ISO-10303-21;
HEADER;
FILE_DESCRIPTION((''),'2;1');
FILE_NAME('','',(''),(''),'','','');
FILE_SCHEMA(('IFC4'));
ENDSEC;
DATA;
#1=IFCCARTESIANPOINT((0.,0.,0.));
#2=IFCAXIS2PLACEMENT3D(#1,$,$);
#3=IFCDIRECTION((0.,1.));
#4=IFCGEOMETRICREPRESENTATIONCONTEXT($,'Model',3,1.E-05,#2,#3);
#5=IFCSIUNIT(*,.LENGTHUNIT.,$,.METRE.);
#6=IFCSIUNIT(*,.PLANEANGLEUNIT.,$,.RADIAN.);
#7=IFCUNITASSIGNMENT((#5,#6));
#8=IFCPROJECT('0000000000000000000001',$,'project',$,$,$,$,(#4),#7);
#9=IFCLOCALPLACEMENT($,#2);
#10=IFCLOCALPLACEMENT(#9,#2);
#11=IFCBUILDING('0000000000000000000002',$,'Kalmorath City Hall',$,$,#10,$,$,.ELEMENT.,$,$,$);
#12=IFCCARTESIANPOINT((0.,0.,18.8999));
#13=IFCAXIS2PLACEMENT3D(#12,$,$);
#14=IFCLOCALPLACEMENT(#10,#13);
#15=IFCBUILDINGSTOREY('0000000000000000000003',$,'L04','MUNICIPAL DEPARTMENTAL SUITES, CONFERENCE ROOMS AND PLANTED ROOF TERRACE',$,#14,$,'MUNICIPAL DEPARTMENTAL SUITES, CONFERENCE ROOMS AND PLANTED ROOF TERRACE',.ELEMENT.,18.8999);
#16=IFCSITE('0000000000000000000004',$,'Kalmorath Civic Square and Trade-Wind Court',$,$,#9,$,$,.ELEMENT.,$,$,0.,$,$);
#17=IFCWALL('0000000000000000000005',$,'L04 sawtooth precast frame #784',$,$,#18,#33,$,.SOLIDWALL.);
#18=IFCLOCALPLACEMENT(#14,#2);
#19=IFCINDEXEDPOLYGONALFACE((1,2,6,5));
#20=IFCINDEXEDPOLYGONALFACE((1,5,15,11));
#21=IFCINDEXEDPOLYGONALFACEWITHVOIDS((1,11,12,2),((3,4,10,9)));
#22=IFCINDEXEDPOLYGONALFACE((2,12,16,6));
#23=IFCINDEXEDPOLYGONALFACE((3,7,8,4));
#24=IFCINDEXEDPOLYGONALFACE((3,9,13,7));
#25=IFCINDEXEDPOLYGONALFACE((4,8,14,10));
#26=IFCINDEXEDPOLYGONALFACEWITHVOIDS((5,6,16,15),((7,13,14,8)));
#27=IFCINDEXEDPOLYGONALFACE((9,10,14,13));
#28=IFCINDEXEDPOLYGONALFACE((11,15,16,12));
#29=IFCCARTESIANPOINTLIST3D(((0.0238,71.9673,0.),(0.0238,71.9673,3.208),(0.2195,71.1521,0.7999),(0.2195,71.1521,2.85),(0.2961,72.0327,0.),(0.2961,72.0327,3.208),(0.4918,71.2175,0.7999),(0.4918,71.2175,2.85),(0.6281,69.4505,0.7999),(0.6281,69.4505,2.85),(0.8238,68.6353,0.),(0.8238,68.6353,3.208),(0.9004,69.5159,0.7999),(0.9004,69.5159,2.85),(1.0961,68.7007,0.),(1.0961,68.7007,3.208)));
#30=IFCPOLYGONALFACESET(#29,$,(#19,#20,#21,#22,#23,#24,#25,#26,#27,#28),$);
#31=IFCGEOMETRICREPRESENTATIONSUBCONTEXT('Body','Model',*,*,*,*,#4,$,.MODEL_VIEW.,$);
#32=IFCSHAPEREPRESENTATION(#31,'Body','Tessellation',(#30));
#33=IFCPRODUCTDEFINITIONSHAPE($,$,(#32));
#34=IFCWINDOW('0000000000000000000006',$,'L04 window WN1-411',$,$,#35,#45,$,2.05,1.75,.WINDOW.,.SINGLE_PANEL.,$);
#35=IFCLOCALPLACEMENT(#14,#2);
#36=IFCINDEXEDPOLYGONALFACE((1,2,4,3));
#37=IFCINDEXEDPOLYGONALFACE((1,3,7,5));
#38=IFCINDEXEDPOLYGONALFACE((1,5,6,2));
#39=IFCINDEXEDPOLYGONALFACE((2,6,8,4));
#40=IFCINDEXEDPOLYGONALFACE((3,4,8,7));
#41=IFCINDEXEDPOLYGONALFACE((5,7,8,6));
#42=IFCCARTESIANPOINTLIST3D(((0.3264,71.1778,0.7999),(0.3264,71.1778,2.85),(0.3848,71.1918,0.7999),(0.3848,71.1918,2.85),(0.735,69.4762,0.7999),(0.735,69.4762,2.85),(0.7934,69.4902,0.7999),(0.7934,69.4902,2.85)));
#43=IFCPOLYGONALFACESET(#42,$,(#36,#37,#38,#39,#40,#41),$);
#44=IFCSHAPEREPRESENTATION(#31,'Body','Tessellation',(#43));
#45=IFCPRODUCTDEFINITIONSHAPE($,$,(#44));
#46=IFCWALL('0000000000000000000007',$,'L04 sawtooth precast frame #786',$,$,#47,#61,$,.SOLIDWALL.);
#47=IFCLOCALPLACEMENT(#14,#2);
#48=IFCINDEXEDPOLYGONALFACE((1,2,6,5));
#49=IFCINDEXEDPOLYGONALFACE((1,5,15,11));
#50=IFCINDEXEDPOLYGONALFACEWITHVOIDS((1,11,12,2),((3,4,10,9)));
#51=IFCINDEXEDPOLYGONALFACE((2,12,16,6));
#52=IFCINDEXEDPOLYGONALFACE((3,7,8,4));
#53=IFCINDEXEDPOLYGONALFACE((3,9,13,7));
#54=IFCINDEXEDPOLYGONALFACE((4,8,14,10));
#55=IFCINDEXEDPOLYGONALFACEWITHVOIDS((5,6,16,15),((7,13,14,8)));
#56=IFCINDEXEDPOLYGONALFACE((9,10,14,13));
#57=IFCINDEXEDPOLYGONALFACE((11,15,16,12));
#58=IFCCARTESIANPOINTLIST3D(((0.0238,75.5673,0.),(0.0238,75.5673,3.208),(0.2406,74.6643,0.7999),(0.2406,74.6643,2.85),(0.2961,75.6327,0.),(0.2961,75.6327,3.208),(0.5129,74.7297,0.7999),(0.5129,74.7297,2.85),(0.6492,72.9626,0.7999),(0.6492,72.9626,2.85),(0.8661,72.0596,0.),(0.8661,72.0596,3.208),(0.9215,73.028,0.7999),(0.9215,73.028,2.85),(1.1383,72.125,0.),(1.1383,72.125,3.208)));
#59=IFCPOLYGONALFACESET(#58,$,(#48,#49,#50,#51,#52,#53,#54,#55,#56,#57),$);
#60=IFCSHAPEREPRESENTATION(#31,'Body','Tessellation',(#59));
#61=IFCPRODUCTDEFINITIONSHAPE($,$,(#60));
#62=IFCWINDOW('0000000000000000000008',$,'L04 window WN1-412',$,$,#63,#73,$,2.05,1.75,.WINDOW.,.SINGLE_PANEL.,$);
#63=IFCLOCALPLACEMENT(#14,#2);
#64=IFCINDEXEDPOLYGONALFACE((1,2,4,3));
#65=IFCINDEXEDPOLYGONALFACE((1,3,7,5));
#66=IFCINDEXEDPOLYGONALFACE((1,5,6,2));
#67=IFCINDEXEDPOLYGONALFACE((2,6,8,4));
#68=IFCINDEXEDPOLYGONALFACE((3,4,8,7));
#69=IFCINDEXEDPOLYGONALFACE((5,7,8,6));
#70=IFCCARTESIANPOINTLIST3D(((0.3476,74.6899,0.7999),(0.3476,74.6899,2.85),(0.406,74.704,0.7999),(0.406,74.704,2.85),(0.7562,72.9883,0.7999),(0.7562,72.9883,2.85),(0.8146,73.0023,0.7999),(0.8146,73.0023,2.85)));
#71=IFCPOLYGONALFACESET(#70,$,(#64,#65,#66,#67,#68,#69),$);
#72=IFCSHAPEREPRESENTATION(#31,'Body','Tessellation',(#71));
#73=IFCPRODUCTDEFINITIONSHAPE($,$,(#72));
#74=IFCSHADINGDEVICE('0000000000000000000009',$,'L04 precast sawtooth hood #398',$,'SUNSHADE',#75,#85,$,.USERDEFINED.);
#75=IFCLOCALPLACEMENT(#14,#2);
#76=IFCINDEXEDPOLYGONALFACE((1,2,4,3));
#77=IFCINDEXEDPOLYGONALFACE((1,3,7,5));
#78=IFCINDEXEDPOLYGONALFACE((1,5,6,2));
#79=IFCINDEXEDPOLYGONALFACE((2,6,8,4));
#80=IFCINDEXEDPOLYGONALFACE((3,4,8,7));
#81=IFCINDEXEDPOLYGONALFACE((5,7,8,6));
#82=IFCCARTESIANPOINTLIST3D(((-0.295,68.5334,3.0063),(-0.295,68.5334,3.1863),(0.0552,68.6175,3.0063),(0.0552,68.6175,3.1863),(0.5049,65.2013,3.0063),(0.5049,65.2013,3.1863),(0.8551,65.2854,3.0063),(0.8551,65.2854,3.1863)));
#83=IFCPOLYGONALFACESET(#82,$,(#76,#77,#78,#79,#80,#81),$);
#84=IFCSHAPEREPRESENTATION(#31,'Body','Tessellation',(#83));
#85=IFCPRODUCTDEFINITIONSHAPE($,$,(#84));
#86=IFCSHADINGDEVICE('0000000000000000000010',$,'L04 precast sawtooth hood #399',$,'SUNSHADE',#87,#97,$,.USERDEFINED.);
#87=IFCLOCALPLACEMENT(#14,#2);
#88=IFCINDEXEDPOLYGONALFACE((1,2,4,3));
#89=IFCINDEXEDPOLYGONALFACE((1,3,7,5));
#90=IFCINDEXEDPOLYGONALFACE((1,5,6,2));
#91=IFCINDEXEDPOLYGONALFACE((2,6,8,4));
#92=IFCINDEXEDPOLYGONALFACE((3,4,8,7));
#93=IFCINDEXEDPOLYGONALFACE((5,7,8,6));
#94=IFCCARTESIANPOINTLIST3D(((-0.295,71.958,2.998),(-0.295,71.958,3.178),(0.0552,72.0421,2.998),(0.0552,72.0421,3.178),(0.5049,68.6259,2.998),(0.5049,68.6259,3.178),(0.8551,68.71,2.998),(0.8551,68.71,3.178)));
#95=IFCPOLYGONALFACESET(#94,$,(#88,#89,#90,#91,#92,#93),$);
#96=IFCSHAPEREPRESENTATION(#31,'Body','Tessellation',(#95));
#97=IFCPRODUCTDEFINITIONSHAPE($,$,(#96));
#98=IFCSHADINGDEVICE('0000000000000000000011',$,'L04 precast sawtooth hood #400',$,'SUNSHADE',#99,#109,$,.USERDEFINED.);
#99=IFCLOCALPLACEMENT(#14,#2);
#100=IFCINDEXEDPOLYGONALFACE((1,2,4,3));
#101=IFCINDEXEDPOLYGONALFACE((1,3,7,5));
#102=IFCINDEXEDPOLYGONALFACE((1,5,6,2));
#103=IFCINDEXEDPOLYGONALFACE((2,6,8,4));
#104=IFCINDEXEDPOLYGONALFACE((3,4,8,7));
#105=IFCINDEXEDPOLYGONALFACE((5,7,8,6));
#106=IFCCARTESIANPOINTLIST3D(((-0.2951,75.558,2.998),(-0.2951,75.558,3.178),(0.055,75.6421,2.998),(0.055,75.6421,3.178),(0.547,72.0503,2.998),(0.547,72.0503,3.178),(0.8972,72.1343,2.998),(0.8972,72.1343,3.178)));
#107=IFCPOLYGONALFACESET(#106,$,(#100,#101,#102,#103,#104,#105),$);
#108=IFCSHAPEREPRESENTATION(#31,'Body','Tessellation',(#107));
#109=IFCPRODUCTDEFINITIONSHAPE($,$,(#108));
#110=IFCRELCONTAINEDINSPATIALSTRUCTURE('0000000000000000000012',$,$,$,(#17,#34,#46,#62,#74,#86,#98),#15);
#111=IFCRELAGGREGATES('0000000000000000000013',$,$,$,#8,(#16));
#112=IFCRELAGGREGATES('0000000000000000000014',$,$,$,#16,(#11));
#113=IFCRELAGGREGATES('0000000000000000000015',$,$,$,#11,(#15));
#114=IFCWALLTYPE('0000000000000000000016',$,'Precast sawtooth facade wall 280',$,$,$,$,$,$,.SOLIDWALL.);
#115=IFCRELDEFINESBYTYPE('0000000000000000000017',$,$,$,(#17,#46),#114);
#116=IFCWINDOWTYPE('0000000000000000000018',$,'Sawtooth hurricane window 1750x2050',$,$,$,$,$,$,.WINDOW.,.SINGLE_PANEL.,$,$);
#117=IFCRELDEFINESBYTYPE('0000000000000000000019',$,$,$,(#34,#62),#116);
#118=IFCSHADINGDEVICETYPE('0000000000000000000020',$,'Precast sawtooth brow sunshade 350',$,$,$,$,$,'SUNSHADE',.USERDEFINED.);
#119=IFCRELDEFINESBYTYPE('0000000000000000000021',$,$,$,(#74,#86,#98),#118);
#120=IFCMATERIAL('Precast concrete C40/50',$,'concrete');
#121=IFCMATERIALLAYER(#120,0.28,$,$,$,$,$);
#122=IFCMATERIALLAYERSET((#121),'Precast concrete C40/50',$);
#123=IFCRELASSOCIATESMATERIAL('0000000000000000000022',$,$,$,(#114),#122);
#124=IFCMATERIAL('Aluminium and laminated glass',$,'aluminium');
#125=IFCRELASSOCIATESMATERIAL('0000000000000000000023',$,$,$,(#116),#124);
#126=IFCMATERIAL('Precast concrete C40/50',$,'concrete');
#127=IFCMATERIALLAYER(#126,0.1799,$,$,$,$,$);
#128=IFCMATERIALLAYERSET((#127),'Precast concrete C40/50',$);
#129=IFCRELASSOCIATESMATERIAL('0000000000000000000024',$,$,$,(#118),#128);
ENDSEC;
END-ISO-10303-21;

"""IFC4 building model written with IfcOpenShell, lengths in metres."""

from ifc_helpers import new_model, si_unit, direction, frame, frame_2d, origin, origin_2d, place, context, subcontext, project, spatial, rectangle, extrude, material, layer, layer_set, type_object, element, fill, save


model = new_model("IFC4")

# Units and contexts
model_context = context("Model", 3, precision=1e-05, world=origin(), true_north=direction((0.0, 1.0)))
body_context = subcontext(model_context, "Body", "Model", "MODEL_VIEW")
ifc_project = project(units=[si_unit("LENGTHUNIT", "METRE"), si_unit("PLANEANGLEUNIT", "RADIAN")], contexts=[model_context])

# Site, building, storey
site_placement = place(None, origin())
site = spatial("IfcSite", under=ifc_project, at=site_placement, Name="Kalmorath Civic Square and Trade-Wind Court", CompositionType="ELEMENT", RefElevation=0.0)
building_placement = place(site_placement, origin())
building = spatial("IfcBuilding", under=site, at=building_placement, Name="Kalmorath City Hall", CompositionType="ELEMENT")
storey_placement = place(building_placement, frame((0.0, 0.0, 18.8999)))
storey = spatial("IfcBuildingStorey", under=building, at=storey_placement, Name="L04", Description="MUNICIPAL DEPARTMENTAL SUITES, CONFERENCE ROOMS AND PLANTED ROOF TERRACE", LongName="MUNICIPAL DEPARTMENTAL SUITES, CONFERENCE ROOMS AND PLANTED ROOF TERRACE", CompositionType="ELEMENT", Elevation=18.8999)

# Walls, openings, windows
ifc_material_1 = material(Name="Precast concrete C40/50", Category="concrete")
ifc_layer_1 = layer(ifc_material_1, 0.28)
ifc_layer_set_1 = layer_set([ifc_layer_1], Name="Precast concrete C40/50")
wall_type_1 = type_object("IfcWallType", Name="Precast sawtooth facade wall 280", PredefinedType="SOLIDWALL", material=ifc_layer_set_1)
ifc_material_2 = material(Name="Aluminium and laminated glass", Category="aluminium")
window_type = type_object("IfcWindowType", Name="Sawtooth hurricane window 1750x2050", PartitioningType="SINGLE_PANEL", PredefinedType="WINDOW", material=ifc_material_2)
wall_1_placement = place(storey_placement, frame((0.96, 68.668, 0.0), z_axis=(0.0, 0.0, 1.0), x_axis=(-0.233473, 0.972363, 0.0)))
wall_1 = element("IfcWall", 1, at=wall_1_placement, inside=storey, type_object=wall_type_1, Name="L04 sawtooth precast frame #784", PredefinedType="SOLIDWALL", context=body_context, shape_type="SweptSolid", body=[
    extrude(rectangle(XDim=3.4268, YDim=0.28, at=frame_2d((1.7134, 0.0))), origin(), (0.0, 0.0, 1.0), 3.208),
])
opening_1_placement = place(wall_1_placement, frame((0.8384, 0.0, 0.8)))
opening_1 = element("IfcOpeningElement", 2, at=opening_1_placement, cuts=wall_1, PredefinedType="OPENING", context=body_context, shape_type="SweptSolid", body=[
    extrude(rectangle(XDim=1.75, YDim=2.05, at=frame_2d((0.875, 1.0249))), frame((0.0, 0.1499, 0.0), z_axis=(0.0, -1.0, 0.0), x_axis=(1.0, 0.0, 0.0)), (0.0, 0.0, 1.0), 0.3),
])
window_1_placement = place(opening_1_placement, origin())
window_1 = element("IfcWindow", 3, at=window_1_placement, inside=storey, type_object=window_type, Name="L04 window WN1-411", OverallHeight=2.05, OverallWidth=1.75, PartitioningType="SINGLE_PANEL", PredefinedType="WINDOW", context=body_context, shape_type="SweptSolid", body=[
    extrude(rectangle(XDim=1.75, YDim=2.05, at=frame_2d((0.875, 1.0249))), frame((0.0, 0.03, 0.0), z_axis=(0.0, -1.0, 0.0), x_axis=(1.0, 0.0, 0.0)), (0.0, 0.0, 1.0), 0.0601),
])
fill(opening_1, window_1)
wall_2_placement = place(storey_placement, frame((1.0022, 72.0923, 0.0), z_axis=(0.0, 0.0, 1.0), x_axis=(-0.23348, 0.972361, 0.0)))
wall_2 = element("IfcWall", 4, at=wall_2_placement, inside=storey, type_object=wall_type_1, Name="L04 sawtooth precast frame #786", PredefinedType="SOLIDWALL", context=body_context, shape_type="SweptSolid", body=[
    extrude(rectangle(XDim=3.6074, YDim=0.28, at=frame_2d((1.8037, 0.0))), origin(), (0.0, 0.0, 1.0), 3.208),
])
opening_2_placement = place(wall_2_placement, frame((0.9287, 0.0, 0.8)))
opening_2 = element("IfcOpeningElement", 5, at=opening_2_placement, cuts=wall_2, PredefinedType="OPENING", context=body_context, shape_type="SweptSolid", body=[
    extrude(rectangle(XDim=1.75, YDim=2.05, at=frame_2d((0.875, 1.0249))), frame((0.0, 0.1499, 0.0), z_axis=(0.0, -1.0, 0.0), x_axis=(1.0, 0.0, 0.0)), (0.0, 0.0, 1.0), 0.3),
])
window_2_placement = place(opening_2_placement, origin())
window_2 = element("IfcWindow", 6, at=window_2_placement, inside=storey, type_object=window_type, Name="L04 window WN1-412", OverallHeight=2.05, OverallWidth=1.75, PartitioningType="SINGLE_PANEL", PredefinedType="WINDOW", context=body_context, shape_type="SweptSolid", body=[
    extrude(rectangle(XDim=1.75, YDim=2.05, at=frame_2d((0.875, 1.0249))), frame((0.0, 0.03, 0.0), z_axis=(0.0, -1.0, 0.0), x_axis=(1.0, 0.0, 0.0)), (0.0, 0.0, 1.0), 0.0601),
])
fill(opening_2, window_2)

# Shading devices
ifc_material_3 = material(Name="Precast concrete C40/50", Category="concrete")
ifc_layer_2 = layer(ifc_material_3, 0.1799)
ifc_layer_set_2 = layer_set([ifc_layer_2], Name="Precast concrete C40/50")
shading_device_type = type_object("IfcShadingDeviceType", Name="Precast sawtooth brow sunshade 350", ElementType="SUNSHADE", PredefinedType="USERDEFINED", material=ifc_layer_set_2)
for number, where, z_axis, x_axis, name in (
    (7, (0.28, 66.9094, 3.0063), (0.0, 0.0, 1.0), (-0.233428, 0.972374, 0.0), "L04 precast sawtooth hood #398"),
    (8, (0.28, 70.334, 2.998), (0.0, 0.0, 1.0), (-0.233428, 0.972374, 0.0), "L04 precast sawtooth hood #399"),
):
    element("IfcShadingDevice", number, at=place(storey_placement, frame(where, z_axis=z_axis, x_axis=x_axis)), inside=storey, type_object=shading_device_type, Name=name, ObjectType="SUNSHADE", PredefinedType="USERDEFINED", context=body_context, shape_type="SweptSolid", body=[
        extrude(rectangle(XDim=3.4268, YDim=0.3601, at=origin_2d()), origin(), (0.0, 0.0, 1.0), 0.1799),
    ])
shading_device_placement = place(storey_placement, frame((0.301, 73.8462, 2.998), z_axis=(0.0, 0.0, 1.0), x_axis=(-0.233445, 0.97237, 0.0)))
element("IfcShadingDevice", 9, at=shading_device_placement, inside=storey, type_object=shading_device_type, Name="L04 precast sawtooth hood #400", ObjectType="SUNSHADE", PredefinedType="USERDEFINED", context=body_context, shape_type="SweptSolid", body=[
    extrude(rectangle(XDim=3.6074, YDim=0.3601, at=origin_2d()), origin(), (0.0, 0.0, 1.0), 0.1799),
])

save(model, "model.ifc")
